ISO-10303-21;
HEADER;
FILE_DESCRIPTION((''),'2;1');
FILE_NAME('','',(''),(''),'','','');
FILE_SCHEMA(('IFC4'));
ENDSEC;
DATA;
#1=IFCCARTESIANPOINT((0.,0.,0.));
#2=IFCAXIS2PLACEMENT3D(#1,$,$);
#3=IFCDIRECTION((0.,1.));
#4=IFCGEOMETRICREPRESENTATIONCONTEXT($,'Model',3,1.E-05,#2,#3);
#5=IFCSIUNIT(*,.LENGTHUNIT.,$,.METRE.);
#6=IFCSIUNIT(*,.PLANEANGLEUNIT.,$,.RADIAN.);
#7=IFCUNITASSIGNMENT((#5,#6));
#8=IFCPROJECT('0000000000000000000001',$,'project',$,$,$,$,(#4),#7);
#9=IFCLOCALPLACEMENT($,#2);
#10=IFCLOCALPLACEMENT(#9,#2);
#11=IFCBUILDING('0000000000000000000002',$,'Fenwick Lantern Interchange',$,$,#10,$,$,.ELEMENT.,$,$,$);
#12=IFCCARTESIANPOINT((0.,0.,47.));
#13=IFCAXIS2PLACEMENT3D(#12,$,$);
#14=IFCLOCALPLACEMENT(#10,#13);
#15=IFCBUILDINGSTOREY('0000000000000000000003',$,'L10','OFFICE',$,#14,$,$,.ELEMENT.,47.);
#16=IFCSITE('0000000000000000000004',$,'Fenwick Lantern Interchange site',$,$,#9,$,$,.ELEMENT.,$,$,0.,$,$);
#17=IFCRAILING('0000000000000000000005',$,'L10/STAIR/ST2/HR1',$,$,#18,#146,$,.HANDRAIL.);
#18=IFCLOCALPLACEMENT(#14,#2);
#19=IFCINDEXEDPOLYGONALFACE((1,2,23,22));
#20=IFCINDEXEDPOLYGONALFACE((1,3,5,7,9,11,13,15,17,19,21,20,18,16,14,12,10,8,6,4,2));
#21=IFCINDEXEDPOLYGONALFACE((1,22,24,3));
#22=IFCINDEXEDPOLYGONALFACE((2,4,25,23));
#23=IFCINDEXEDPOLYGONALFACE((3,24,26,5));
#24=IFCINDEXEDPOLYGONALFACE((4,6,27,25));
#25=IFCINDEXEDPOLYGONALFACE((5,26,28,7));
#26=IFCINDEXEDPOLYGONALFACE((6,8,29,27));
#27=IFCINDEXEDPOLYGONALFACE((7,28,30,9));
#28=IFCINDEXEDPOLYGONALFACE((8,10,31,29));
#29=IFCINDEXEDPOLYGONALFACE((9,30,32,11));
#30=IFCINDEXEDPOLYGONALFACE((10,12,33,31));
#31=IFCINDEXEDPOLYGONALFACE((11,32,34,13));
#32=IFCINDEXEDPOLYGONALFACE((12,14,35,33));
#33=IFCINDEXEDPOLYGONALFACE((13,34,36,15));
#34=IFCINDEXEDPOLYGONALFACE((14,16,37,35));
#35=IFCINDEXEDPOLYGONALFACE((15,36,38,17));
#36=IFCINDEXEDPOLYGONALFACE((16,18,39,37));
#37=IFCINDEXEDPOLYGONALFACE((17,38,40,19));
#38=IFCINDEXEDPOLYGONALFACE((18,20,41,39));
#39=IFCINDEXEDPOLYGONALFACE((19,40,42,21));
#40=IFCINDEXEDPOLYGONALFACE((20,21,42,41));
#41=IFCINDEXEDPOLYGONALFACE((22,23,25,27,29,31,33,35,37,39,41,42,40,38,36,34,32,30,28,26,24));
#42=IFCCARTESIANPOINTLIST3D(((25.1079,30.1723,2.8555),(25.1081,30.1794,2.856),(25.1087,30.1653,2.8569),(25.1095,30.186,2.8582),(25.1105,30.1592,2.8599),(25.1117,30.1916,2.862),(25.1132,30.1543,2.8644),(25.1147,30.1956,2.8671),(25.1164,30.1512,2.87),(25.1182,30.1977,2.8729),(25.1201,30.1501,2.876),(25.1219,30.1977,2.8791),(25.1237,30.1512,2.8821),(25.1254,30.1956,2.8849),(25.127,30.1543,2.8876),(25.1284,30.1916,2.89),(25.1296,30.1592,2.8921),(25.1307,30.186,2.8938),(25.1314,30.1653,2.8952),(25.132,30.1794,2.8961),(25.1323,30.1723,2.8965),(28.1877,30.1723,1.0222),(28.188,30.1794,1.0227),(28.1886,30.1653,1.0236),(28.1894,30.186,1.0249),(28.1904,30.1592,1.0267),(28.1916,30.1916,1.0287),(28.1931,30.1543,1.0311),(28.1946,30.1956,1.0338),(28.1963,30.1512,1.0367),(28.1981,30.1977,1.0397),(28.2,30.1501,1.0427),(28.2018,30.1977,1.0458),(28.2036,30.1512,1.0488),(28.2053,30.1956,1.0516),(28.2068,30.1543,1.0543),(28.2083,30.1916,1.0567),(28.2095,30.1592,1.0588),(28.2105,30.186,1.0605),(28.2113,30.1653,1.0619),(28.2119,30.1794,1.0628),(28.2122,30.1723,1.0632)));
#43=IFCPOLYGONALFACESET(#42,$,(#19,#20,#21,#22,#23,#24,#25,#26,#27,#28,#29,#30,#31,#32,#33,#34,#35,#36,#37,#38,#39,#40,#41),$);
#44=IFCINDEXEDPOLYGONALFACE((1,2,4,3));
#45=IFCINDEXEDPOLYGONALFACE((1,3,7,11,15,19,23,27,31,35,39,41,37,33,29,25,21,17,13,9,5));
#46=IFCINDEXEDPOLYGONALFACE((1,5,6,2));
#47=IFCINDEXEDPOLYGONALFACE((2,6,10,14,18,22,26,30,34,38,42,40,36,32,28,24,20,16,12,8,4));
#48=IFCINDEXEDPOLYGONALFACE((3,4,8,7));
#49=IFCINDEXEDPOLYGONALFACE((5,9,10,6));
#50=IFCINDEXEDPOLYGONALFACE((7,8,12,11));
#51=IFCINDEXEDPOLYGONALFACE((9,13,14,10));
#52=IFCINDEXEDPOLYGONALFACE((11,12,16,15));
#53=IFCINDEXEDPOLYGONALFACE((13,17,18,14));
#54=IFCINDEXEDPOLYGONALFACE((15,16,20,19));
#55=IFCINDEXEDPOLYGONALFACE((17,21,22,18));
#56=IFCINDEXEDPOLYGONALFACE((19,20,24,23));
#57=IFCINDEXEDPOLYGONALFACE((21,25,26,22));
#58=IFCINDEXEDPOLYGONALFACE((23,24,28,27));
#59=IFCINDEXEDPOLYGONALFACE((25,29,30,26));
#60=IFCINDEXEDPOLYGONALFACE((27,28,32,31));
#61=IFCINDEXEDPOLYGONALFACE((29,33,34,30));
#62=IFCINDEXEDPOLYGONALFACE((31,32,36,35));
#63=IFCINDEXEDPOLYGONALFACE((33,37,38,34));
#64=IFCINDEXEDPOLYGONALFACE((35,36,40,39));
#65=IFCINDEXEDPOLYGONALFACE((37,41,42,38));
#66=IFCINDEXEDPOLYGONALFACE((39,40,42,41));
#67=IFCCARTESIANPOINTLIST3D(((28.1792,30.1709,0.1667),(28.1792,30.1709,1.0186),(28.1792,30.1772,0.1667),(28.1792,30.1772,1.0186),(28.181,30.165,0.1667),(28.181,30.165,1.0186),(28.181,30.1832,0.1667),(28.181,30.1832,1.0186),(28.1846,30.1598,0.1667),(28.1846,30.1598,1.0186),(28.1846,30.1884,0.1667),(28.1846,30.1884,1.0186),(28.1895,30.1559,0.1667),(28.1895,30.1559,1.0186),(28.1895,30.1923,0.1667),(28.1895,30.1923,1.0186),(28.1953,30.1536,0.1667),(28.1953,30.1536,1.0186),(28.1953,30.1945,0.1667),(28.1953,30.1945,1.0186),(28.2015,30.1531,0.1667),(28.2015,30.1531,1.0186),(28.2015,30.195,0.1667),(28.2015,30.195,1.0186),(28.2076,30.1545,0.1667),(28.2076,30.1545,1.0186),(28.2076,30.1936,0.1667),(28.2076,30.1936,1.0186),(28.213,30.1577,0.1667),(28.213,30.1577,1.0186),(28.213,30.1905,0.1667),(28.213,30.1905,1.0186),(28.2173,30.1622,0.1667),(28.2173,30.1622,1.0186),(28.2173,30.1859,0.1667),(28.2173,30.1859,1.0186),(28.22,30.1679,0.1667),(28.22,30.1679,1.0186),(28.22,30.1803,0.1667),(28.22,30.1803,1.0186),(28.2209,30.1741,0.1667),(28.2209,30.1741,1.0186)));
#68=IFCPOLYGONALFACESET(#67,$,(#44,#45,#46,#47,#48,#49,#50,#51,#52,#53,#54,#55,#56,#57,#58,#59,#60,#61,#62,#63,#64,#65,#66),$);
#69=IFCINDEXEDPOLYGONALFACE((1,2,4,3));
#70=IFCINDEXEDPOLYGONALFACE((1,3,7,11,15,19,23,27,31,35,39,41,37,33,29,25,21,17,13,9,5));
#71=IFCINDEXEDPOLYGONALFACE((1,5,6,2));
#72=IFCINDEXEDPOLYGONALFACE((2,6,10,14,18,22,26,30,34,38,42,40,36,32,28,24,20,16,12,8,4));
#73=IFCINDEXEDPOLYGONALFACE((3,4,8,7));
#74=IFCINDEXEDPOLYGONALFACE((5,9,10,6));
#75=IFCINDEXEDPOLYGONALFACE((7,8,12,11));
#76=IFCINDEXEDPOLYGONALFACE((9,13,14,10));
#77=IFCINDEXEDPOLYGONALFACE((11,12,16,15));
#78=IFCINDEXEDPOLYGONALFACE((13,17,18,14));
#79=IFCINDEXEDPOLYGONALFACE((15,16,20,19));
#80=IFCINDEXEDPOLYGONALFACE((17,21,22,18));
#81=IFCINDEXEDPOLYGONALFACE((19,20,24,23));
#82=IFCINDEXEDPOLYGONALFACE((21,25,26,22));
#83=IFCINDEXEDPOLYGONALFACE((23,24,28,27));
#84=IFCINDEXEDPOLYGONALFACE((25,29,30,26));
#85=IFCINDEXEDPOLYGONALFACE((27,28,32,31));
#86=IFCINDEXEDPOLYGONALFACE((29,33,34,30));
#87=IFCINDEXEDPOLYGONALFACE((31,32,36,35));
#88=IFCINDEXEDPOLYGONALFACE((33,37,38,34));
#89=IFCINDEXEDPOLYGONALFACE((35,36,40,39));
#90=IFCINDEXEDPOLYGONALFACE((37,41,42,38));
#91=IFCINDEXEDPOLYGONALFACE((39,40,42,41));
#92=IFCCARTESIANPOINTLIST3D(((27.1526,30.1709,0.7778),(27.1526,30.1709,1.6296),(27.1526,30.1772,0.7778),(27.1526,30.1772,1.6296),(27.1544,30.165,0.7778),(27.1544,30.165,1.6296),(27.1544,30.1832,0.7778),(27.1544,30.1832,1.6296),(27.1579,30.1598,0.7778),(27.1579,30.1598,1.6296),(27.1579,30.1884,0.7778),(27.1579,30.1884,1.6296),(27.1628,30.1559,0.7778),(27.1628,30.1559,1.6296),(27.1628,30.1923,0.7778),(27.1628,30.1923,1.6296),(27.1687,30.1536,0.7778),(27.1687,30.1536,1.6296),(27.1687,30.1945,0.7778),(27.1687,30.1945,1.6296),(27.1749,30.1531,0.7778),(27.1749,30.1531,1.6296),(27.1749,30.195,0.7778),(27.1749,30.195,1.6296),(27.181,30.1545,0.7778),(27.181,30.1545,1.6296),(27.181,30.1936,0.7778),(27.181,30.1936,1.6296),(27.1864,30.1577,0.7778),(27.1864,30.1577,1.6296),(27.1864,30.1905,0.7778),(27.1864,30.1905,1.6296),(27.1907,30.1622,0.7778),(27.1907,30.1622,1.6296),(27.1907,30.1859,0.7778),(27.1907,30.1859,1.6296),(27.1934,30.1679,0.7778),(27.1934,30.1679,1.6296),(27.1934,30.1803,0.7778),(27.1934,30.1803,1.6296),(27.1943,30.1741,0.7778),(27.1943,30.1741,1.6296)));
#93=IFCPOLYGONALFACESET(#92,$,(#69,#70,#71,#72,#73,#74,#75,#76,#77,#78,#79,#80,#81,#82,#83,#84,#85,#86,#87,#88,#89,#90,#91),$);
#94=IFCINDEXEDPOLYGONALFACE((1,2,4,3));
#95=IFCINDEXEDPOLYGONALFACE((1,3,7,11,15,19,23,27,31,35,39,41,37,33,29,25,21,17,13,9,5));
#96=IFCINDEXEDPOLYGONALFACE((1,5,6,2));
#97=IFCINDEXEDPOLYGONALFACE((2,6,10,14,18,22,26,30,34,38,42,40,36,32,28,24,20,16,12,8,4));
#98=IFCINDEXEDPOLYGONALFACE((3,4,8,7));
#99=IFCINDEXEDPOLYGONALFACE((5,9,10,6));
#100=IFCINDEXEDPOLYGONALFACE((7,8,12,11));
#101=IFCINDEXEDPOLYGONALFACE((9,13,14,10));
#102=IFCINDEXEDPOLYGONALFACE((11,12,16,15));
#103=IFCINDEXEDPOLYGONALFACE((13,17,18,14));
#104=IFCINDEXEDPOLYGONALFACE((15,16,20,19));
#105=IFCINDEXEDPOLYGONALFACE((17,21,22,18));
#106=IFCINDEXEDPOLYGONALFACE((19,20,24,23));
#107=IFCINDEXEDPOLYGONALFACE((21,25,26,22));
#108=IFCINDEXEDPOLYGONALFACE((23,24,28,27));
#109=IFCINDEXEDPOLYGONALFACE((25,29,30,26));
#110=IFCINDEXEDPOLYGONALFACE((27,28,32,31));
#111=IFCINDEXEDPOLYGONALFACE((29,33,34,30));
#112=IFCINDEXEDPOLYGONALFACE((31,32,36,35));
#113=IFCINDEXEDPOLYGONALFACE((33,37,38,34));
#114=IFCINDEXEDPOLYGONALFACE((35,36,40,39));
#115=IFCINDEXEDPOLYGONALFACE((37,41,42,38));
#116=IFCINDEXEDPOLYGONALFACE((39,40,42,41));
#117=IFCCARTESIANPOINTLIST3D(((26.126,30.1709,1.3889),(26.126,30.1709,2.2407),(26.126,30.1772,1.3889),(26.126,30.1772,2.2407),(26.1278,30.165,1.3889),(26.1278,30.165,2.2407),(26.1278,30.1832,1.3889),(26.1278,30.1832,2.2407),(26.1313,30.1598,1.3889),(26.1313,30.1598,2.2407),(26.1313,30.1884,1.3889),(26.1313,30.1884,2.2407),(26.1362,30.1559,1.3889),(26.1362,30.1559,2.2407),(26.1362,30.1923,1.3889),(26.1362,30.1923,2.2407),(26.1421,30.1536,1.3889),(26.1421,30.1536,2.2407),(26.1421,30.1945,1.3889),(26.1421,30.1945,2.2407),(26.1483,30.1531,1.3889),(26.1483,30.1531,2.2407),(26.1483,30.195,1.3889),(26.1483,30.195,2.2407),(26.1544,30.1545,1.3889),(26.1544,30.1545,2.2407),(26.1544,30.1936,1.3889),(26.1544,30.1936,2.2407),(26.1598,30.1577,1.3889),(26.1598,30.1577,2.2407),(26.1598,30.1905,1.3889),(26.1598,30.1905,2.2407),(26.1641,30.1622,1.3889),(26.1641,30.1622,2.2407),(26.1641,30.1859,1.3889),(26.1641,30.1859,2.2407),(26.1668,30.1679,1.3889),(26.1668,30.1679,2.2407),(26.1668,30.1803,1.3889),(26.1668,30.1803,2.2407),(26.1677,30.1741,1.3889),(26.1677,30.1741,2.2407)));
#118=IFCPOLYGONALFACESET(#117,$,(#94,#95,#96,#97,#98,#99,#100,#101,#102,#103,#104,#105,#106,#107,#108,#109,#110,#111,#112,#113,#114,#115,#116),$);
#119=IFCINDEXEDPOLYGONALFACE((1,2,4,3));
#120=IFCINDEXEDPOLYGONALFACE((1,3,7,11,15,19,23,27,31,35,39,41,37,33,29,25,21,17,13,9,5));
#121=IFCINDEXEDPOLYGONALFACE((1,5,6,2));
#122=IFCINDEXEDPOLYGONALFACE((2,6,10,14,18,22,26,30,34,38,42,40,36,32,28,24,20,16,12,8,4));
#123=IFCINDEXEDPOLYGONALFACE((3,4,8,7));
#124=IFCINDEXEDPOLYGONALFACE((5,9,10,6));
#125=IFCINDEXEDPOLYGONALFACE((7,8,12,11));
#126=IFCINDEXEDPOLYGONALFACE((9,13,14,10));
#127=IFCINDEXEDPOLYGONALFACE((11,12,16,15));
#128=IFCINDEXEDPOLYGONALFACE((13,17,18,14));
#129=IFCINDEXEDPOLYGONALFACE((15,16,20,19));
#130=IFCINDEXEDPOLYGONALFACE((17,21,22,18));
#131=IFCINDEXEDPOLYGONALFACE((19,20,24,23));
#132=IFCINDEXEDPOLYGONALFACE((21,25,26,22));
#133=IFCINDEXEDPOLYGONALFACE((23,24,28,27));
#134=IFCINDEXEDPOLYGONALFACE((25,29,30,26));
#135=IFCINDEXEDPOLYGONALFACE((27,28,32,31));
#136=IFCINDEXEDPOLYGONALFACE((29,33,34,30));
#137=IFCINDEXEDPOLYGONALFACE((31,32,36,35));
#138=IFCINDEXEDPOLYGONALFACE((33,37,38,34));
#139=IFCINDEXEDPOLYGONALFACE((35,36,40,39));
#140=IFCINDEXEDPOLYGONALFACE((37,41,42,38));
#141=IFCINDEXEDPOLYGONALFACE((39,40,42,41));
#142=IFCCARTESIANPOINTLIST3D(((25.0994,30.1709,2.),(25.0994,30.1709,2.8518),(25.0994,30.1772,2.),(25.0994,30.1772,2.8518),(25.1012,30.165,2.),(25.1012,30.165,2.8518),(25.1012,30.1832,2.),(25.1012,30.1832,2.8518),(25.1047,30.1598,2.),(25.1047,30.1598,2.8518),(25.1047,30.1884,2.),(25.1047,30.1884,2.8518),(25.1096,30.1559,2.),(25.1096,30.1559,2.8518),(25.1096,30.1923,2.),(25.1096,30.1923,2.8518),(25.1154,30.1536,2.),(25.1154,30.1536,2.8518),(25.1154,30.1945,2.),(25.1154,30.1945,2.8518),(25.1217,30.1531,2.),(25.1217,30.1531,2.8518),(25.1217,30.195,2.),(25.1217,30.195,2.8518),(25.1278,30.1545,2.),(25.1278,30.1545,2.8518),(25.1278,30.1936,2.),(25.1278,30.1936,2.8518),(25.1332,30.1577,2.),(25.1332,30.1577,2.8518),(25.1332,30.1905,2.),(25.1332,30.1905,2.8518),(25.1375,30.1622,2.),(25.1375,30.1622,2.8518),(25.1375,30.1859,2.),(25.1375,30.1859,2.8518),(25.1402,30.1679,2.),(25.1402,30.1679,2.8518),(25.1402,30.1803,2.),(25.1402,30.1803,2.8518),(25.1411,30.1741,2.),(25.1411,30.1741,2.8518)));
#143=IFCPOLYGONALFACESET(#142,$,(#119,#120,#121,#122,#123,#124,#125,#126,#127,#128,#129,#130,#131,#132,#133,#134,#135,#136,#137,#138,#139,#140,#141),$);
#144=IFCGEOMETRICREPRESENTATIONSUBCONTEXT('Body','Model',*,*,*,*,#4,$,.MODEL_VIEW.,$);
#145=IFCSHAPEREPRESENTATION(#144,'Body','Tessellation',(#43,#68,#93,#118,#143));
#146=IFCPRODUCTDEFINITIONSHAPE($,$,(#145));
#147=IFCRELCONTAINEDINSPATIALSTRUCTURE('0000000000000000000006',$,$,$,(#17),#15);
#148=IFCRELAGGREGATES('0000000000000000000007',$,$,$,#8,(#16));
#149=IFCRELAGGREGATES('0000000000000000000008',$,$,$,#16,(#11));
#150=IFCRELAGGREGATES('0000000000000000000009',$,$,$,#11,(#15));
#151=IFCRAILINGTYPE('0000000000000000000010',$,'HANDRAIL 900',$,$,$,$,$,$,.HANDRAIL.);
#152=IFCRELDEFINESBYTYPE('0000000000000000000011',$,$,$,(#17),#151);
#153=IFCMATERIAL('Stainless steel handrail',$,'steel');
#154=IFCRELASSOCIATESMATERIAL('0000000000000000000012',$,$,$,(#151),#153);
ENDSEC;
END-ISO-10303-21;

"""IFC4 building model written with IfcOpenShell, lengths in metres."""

from ifc_helpers import new_model, si_unit, direction, frame, origin, origin_2d, place, context, subcontext, project, spatial, circle, extrude, material, type_object, element, save


model = new_model("IFC4")

# Units and contexts
model_context = context("Model", 3, precision=1e-05, world=origin(), true_north=direction((0.0, 1.0)))
body_context = subcontext(model_context, "Body", "Model", "MODEL_VIEW")
ifc_project = project(units=[si_unit("LENGTHUNIT", "METRE"), si_unit("PLANEANGLEUNIT", "RADIAN")], contexts=[model_context])

# Site, building, storey
site_placement = place(None, origin())
site = spatial("IfcSite", under=ifc_project, at=site_placement, Name="Fenwick Lantern Interchange site", CompositionType="ELEMENT", RefElevation=0.0)
building_placement = place(site_placement, origin())
building = spatial("IfcBuilding", under=site, at=building_placement, Name="Fenwick Lantern Interchange", CompositionType="ELEMENT")
storey_placement = place(building_placement, frame((0.0, 0.0, 47.0)))
storey = spatial("IfcBuildingStorey", under=building, at=storey_placement, Name="L10", Description="OFFICE", CompositionType="ELEMENT", Elevation=47.0)

# Railing
ifc_material_1 = material(Name="Stainless steel handrail", Category="steel")
railing_type = type_object("IfcRailingType", Name="HANDRAIL 900", PredefinedType="HANDRAIL", material=ifc_material_1)
railing_1_placement = place(storey_placement, frame((28.2, 30.1741, 0.1667)))
element("IfcRailing", 1, at=railing_1_placement, inside=storey, type_object=railing_type, Name="L10/STAIR/ST2/HR1", PredefinedType="HANDRAIL", context=body_context, shape_type="SweptSolid", body=[
    extrude(circle(Radius=0.0239, at=origin_2d()), frame((0.0, 0.0, 0.876), z_axis=(-0.859291, 0.0, 0.511487), x_axis=(0.0, -1.0, 0.0)), (0.0, 0.0, 1.0), 3.5842),
    extrude(circle(Radius=0.021, at=origin_2d()), origin(), (0.0, 0.0, 1.0), 0.8518),
    extrude(circle(Radius=0.021, at=origin_2d()), frame((-1.0266, 0.0, 0.6111)), (0.0, 0.0, 1.0), 0.8518),
    extrude(circle(Radius=0.021, at=origin_2d()), frame((-2.0532, 0.0, 1.2222)), (0.0, 0.0, 1.0), 0.8518),
    extrude(circle(Radius=0.021, at=origin_2d()), frame((-3.0798, 0.0, 1.8333)), (0.0, 0.0, 1.0), 0.8518),
])

save(model, "model.ifc")
